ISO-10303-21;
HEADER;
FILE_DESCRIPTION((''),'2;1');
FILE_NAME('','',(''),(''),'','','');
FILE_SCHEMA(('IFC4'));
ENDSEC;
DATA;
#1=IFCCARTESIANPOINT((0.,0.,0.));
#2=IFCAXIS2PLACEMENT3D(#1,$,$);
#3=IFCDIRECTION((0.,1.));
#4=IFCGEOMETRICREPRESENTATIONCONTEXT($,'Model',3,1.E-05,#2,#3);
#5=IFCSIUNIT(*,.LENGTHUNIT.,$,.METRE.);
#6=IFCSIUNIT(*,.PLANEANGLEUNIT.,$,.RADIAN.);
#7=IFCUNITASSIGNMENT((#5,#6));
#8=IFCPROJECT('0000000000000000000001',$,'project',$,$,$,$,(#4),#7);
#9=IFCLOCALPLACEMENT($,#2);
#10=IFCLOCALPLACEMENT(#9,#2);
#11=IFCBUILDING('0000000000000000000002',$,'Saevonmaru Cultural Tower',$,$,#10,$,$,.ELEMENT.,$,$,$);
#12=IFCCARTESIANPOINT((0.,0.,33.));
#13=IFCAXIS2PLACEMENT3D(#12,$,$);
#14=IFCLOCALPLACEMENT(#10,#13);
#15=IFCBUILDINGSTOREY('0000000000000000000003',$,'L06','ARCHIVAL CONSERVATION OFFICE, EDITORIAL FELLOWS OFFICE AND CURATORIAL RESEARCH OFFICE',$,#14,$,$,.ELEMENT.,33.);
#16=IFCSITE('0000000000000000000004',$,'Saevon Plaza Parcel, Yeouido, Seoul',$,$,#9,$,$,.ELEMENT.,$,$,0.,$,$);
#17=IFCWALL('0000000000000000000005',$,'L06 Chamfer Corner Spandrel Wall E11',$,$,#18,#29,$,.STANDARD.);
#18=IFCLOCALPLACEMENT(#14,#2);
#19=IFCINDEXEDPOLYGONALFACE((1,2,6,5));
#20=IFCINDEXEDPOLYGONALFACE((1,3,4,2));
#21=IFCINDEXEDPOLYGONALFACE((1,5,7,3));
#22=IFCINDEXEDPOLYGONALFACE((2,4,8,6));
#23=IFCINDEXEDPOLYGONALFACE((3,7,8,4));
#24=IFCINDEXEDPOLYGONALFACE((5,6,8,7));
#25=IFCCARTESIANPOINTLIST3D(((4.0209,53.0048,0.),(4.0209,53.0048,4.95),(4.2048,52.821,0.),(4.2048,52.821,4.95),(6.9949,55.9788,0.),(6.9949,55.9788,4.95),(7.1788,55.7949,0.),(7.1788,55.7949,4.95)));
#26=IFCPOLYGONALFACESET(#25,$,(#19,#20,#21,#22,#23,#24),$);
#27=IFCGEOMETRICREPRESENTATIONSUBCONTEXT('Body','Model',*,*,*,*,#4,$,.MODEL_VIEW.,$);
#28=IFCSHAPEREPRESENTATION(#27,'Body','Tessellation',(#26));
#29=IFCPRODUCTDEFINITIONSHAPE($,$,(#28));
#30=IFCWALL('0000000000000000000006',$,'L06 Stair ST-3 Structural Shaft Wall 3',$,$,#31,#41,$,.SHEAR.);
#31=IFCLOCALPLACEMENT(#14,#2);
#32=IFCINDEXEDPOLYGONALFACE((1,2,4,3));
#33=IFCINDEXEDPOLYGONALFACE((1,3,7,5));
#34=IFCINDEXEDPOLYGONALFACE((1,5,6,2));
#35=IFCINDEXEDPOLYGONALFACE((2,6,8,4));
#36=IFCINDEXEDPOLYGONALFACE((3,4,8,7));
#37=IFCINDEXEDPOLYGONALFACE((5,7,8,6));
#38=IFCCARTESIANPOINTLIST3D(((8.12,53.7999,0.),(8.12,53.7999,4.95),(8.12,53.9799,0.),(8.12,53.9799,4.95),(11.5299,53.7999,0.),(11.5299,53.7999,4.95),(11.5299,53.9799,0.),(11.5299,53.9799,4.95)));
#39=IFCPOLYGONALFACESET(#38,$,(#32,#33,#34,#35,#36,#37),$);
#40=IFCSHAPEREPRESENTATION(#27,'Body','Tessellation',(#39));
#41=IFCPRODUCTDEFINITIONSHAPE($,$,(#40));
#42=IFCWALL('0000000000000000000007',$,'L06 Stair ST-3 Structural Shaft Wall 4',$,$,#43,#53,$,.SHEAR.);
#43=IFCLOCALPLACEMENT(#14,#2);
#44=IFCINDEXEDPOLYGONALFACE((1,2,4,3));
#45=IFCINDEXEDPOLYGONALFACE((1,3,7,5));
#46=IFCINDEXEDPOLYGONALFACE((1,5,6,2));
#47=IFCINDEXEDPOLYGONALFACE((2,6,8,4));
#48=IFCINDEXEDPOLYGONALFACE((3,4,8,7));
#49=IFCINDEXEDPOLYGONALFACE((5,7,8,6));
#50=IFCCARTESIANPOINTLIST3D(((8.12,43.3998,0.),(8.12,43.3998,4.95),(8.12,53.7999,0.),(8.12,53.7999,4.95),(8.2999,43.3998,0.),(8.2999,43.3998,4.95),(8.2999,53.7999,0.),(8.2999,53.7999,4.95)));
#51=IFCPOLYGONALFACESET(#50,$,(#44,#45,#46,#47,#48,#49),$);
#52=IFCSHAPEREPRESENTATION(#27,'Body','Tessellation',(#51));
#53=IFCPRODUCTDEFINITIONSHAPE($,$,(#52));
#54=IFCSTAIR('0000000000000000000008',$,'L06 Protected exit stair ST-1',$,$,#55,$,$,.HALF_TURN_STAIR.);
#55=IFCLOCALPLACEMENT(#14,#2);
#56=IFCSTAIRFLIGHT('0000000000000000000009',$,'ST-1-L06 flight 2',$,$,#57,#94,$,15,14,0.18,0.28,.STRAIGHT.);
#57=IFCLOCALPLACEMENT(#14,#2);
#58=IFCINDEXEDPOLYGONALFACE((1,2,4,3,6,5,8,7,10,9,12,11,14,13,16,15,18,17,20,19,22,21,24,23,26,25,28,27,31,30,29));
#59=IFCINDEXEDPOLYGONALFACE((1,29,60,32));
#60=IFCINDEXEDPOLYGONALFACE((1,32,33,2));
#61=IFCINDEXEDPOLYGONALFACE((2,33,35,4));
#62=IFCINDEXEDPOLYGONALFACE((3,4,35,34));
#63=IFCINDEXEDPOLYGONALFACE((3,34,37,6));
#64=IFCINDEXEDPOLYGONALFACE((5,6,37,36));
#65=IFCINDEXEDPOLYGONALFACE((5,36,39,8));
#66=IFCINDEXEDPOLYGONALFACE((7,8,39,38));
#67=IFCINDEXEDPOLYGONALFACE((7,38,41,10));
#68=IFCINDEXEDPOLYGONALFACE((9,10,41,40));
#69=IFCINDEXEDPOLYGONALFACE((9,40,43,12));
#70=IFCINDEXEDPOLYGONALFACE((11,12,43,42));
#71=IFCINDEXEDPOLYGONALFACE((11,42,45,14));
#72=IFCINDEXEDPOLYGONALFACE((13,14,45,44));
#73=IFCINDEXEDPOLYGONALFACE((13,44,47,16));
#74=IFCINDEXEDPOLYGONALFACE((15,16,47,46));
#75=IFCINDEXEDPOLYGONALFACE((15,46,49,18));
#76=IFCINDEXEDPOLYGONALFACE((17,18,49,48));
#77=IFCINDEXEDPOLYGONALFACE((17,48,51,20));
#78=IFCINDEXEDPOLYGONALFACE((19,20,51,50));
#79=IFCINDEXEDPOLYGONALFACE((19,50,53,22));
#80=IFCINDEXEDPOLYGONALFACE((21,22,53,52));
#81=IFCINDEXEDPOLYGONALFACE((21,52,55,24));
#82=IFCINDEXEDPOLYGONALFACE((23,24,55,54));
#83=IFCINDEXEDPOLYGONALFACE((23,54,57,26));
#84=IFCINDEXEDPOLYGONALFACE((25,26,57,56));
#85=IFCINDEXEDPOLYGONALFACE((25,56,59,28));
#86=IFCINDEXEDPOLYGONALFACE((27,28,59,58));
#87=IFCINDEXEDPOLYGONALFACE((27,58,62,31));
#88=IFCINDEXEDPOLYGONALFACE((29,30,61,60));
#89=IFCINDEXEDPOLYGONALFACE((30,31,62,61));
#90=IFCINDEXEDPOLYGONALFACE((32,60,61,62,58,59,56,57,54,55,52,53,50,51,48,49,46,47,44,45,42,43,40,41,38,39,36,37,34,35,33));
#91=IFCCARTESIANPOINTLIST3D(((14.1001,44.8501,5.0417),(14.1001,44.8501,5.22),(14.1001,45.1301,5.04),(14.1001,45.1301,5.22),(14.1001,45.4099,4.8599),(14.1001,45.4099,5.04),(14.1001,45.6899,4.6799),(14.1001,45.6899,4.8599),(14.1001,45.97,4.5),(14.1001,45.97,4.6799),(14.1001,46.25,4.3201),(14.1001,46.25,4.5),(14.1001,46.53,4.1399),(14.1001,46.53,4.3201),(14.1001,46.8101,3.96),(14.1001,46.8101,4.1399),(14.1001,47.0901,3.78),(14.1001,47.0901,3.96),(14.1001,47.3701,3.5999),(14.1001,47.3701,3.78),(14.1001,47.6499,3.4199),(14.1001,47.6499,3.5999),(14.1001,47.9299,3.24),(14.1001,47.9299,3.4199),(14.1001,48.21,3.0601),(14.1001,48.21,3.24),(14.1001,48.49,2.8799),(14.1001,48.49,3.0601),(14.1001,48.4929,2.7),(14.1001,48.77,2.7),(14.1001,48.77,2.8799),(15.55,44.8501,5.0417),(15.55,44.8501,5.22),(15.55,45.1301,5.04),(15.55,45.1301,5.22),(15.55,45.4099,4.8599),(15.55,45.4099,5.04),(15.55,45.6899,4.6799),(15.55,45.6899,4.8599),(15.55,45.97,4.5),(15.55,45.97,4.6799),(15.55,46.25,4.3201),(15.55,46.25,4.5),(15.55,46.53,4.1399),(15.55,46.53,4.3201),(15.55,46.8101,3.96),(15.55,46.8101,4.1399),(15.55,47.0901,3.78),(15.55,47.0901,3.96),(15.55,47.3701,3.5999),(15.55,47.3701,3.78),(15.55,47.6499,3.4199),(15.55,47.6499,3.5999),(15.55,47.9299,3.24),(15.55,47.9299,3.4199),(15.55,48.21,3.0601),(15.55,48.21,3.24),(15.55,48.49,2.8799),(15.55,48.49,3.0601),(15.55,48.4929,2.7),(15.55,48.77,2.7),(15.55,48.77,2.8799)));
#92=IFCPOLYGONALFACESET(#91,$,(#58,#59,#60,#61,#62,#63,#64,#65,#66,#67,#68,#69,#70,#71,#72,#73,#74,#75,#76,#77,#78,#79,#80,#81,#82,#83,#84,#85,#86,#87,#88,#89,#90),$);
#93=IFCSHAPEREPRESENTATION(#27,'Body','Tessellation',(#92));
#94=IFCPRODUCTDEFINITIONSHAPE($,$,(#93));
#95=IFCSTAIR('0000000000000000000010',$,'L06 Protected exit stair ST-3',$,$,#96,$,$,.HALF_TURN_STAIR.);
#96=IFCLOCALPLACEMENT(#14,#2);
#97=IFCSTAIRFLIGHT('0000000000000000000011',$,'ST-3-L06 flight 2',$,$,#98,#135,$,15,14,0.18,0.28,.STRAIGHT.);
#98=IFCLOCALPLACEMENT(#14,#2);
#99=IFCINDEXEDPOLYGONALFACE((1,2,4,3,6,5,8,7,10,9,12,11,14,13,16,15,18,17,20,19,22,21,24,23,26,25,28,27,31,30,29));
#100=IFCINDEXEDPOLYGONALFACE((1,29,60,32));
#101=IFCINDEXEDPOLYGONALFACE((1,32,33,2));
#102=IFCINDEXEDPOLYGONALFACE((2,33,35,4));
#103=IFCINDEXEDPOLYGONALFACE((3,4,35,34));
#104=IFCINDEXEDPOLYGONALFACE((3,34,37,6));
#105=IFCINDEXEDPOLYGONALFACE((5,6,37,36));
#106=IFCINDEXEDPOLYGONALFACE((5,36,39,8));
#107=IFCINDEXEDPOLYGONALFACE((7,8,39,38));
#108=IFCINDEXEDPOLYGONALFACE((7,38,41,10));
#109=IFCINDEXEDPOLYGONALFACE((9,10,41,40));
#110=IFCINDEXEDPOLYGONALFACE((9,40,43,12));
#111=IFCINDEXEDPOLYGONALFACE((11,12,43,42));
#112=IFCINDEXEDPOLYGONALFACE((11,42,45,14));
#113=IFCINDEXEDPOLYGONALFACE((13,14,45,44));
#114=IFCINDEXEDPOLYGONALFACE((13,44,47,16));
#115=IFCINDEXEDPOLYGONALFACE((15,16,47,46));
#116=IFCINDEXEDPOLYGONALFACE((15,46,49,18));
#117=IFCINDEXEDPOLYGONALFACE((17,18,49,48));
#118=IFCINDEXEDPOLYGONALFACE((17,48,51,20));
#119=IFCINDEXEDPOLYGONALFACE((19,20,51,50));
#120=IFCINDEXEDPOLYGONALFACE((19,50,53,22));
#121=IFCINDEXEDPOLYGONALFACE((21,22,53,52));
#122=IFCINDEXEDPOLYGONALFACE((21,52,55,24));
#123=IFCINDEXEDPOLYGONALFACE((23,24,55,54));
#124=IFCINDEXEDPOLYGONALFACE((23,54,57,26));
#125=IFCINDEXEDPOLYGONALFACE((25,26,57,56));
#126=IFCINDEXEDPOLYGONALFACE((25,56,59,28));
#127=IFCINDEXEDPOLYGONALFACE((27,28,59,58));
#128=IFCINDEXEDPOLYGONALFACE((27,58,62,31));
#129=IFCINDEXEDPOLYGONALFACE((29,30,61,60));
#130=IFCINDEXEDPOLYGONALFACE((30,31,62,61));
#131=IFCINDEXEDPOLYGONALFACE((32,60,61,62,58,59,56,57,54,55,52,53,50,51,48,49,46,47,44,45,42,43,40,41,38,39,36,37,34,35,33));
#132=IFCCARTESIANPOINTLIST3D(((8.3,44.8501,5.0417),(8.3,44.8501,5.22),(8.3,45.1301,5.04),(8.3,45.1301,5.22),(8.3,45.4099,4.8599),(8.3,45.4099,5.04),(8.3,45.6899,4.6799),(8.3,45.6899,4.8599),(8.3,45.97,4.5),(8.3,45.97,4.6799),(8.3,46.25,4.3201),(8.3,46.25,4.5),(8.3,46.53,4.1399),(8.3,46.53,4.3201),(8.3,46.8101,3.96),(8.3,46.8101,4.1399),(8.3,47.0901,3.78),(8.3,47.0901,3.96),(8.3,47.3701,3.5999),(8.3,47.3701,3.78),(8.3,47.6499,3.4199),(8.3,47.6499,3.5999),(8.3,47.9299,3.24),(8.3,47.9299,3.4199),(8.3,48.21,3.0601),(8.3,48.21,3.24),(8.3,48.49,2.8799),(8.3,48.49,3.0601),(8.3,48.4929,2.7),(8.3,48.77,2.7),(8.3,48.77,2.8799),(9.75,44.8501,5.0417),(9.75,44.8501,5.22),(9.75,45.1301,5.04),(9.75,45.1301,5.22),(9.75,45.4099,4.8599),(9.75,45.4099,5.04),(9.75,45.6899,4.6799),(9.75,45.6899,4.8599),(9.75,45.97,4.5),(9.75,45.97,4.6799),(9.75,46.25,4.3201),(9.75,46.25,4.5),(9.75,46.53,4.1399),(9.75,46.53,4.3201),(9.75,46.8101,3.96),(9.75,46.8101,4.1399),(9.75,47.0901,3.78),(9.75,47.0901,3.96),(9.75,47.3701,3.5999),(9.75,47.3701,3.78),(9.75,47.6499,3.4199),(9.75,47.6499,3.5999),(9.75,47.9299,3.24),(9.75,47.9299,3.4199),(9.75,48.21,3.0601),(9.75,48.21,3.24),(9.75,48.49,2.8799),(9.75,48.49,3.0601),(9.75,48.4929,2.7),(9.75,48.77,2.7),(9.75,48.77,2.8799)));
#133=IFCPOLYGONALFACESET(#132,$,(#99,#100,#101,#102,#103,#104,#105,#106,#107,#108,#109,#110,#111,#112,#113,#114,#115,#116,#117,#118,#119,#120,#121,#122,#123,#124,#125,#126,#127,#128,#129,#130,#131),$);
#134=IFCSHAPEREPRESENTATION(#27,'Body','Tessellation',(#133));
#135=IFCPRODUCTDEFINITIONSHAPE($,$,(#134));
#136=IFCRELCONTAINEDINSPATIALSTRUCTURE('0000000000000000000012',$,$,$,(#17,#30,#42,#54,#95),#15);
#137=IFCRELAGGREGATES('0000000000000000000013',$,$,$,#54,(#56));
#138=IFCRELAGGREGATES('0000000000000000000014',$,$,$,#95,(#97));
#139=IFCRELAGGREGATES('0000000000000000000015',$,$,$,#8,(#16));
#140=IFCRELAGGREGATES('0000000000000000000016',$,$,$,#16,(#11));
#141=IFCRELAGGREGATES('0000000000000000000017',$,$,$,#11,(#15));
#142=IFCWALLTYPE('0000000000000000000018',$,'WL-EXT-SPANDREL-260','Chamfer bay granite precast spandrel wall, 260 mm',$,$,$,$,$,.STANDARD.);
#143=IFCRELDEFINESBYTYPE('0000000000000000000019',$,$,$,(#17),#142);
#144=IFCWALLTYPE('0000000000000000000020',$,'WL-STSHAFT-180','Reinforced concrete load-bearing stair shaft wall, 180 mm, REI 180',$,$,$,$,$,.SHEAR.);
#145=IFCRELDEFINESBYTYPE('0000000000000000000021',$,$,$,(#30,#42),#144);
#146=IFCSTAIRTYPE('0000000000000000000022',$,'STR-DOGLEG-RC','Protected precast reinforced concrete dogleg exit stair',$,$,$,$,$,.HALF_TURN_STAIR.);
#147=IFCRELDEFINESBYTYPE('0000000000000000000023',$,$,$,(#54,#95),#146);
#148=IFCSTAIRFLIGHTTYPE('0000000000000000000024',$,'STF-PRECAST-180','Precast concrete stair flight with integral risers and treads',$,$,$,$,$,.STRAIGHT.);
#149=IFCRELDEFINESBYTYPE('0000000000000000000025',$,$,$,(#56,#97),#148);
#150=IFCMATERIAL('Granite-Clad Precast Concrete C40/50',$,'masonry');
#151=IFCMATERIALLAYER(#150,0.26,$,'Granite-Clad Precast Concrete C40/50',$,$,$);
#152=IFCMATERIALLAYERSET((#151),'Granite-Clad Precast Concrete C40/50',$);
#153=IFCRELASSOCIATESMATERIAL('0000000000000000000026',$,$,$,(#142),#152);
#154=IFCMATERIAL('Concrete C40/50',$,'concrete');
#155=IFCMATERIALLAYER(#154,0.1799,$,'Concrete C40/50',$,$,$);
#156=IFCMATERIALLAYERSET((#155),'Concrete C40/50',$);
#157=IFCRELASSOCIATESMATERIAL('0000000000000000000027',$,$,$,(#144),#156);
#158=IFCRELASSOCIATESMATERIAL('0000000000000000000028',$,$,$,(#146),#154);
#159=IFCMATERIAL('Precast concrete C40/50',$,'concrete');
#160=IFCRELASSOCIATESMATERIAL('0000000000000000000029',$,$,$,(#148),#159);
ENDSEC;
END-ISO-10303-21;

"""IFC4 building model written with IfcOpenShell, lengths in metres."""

from ifc_helpers import new_model, si_unit, direction, frame, frame_2d, origin, place, context, subcontext, project, spatial, polyline, rectangle, outline, extrude, material, layer, layer_set, type_object, element, aggregate, save


model = new_model("IFC4")

# Units and contexts
model_context = context("Model", 3, precision=1e-05, world=origin(), true_north=direction((0.0, 1.0)))
body_context = subcontext(model_context, "Body", "Model", "MODEL_VIEW")
ifc_project = project(units=[si_unit("LENGTHUNIT", "METRE"), si_unit("PLANEANGLEUNIT", "RADIAN")], contexts=[model_context])

# Site, building, storey
site_placement = place(None, origin())
site = spatial("IfcSite", under=ifc_project, at=site_placement, Name="Saevon Plaza Parcel, Yeouido, Seoul", CompositionType="ELEMENT", RefElevation=0.0)
building_placement = place(site_placement, origin())
building = spatial("IfcBuilding", under=site, at=building_placement, Name="Saevonmaru Cultural Tower", CompositionType="ELEMENT")
storey_placement = place(building_placement, frame((0.0, 0.0, 33.0)))
storey = spatial("IfcBuildingStorey", under=building, at=storey_placement, Name="L06", Description="ARCHIVAL CONSERVATION OFFICE, EDITORIAL FELLOWS OFFICE AND CURATORIAL RESEARCH OFFICE", CompositionType="ELEMENT", Elevation=33.0)

# Walls
ifc_material_1 = material(Name="Granite-Clad Precast Concrete C40/50", Category="masonry")
ifc_layer_1 = layer(ifc_material_1, 0.26, Name="Granite-Clad Precast Concrete C40/50")
ifc_layer_set_1 = layer_set([ifc_layer_1], Name="Granite-Clad Precast Concrete C40/50")
wall_type_1 = type_object("IfcWallType", Name="WL-EXT-SPANDREL-260", Description="Chamfer bay granite precast spandrel wall, 260 mm", PredefinedType="STANDARD", material=ifc_layer_set_1)
wall_1_placement = place(storey_placement, frame((7.0869, 55.887, 0.0), z_axis=(0.0, 0.0, 1.0), x_axis=(-0.707107, -0.707107, 0.0)))
element("IfcWall", 1, at=wall_1_placement, inside=storey, type_object=wall_type_1, Name="L06 Chamfer Corner Spandrel Wall E11", PredefinedType="STANDARD", context=body_context, shape_type="SweptSolid", body=[
    extrude(rectangle(XDim=4.2058, YDim=0.26, at=frame_2d((2.103, 0.0))), origin(), (0.0, 0.0, 1.0), 4.95),
])
ifc_material_2 = material(Name="Concrete C40/50", Category="concrete")
ifc_layer_2 = layer(ifc_material_2, 0.1799, Name="Concrete C40/50")
ifc_layer_set_2 = layer_set([ifc_layer_2], Name="Concrete C40/50")
wall_type_2 = type_object("IfcWallType", Name="WL-STSHAFT-180", Description="Reinforced concrete load-bearing stair shaft wall, 180 mm, REI 180", PredefinedType="SHEAR", material=ifc_layer_set_2)
wall_2_placement = place(storey_placement, frame((11.53, 53.8899, 0.0), z_axis=(0.0, 0.0, 1.0), x_axis=(-1.0, 0.0, 0.0)))
element("IfcWall", 2, at=wall_2_placement, inside=storey, type_object=wall_type_2, Name="L06 Stair ST-3 Structural Shaft Wall 3", PredefinedType="SHEAR", context=body_context, shape_type="SweptSolid", body=[
    extrude(rectangle(XDim=3.4099, YDim=0.1799, at=frame_2d((1.7051, 0.0))), origin(), (0.0, 0.0, 1.0), 4.95),
])
wall_3_placement = place(storey_placement, frame((8.21, 53.8, 0.0), z_axis=(0.0, 0.0, 1.0), x_axis=(0.0, -1.0, 0.0)))
element("IfcWall", 3, at=wall_3_placement, inside=storey, type_object=wall_type_2, Name="L06 Stair ST-3 Structural Shaft Wall 4", PredefinedType="SHEAR", context=body_context, shape_type="SweptSolid", body=[
    extrude(rectangle(XDim=10.4001, YDim=0.1799, at=frame_2d((5.2002, 0.0))), origin(), (0.0, 0.0, 1.0), 4.95),
])

# Stairs, stair flights
stair_type = type_object("IfcStairType", Name="STR-DOGLEG-RC", Description="Protected precast reinforced concrete dogleg exit stair", PredefinedType="HALF_TURN_STAIR", material=ifc_material_2)
stair_1_placement = place(storey_placement, origin())
stair_1 = element("IfcStair", 4, at=stair_1_placement, inside=storey, type_object=stair_type, Name="L06 Protected exit stair ST-1", PredefinedType="HALF_TURN_STAIR")
ifc_material_3 = material(Name="Precast concrete C40/50", Category="concrete")
stair_flight_type = type_object("IfcStairFlightType", Name="STF-PRECAST-180", Description="Precast concrete stair flight with integral risers and treads", PredefinedType="STRAIGHT", material=ifc_material_3)
stair_flight_1_placement = place(storey_placement, frame((14.825, 48.77, 2.7), z_axis=(0.0, 0.0, 1.0), x_axis=(0.0, -1.0, 0.0)))
stair_flight_1 = element("IfcStairFlight", 5, at=stair_flight_1_placement, type_object=stair_flight_type, Name="ST-1-L06 flight 2", NumberOfRisers=15, NumberOfTreads=14, PredefinedType="STRAIGHT", RiserHeight=0.18, TreadLength=0.28, context=body_context, shape_type="SweptSolid", body=[
    extrude(outline(polyline([(0.0, 0.0), (0.0, 0.1799), (0.28, 0.1799), (0.28, 0.3601), (0.5601, 0.3601), (0.5601, 0.54), (0.8401, 0.54), (0.8401, 0.72), (1.1201, 0.72), (1.1201, 0.8999), (1.3999, 0.8999), (1.3999, 1.0801), (1.6799, 1.0801), (1.6799, 1.26), (1.96, 1.26), (1.96, 1.4399), (2.24, 1.4399), (2.24, 1.6201), (2.52, 1.6201), (2.52, 1.8), (2.8, 1.8), (2.8, 1.98), (3.0801, 1.98), (3.0801, 2.1599), (3.3601, 2.1599), (3.3601, 2.3401), (3.6399, 2.3401), (3.6399, 2.52), (3.9199, 2.52), (3.9199, 2.7), (3.9199, 2.3418), (0.2771, 0.0), (0.0, 0.0)])), frame((0.0, 0.7251, 0.0), z_axis=(0.0, -1.0, 0.0), x_axis=(1.0, 0.0, 0.0)), (0.0, 0.0, 1.0), 1.45),
])
aggregate(stair_1, [stair_flight_1])
stair_2_placement = place(storey_placement, origin())
stair_2 = element("IfcStair", 6, at=stair_2_placement, inside=storey, type_object=stair_type, Name="L06 Protected exit stair ST-3", PredefinedType="HALF_TURN_STAIR")
stair_flight_2_placement = place(storey_placement, frame((9.0249, 48.77, 2.7), z_axis=(0.0, 0.0, 1.0), x_axis=(0.0, -1.0, 0.0)))
stair_flight_2 = element("IfcStairFlight", 7, at=stair_flight_2_placement, type_object=stair_flight_type, Name="ST-3-L06 flight 2", NumberOfRisers=15, NumberOfTreads=14, PredefinedType="STRAIGHT", RiserHeight=0.18, TreadLength=0.28, context=body_context, shape_type="SweptSolid", body=[
    extrude(outline(polyline([(0.0, 0.0), (0.0, 0.1799), (0.28, 0.1799), (0.28, 0.3601), (0.5601, 0.3601), (0.5601, 0.54), (0.8401, 0.54), (0.8401, 0.72), (1.1201, 0.72), (1.1201, 0.8999), (1.3999, 0.8999), (1.3999, 1.0801), (1.6799, 1.0801), (1.6799, 1.26), (1.96, 1.26), (1.96, 1.4399), (2.24, 1.4399), (2.24, 1.6201), (2.52, 1.6201), (2.52, 1.8), (2.8, 1.8), (2.8, 1.98), (3.0801, 1.98), (3.0801, 2.1599), (3.3601, 2.1599), (3.3601, 2.3401), (3.6399, 2.3401), (3.6399, 2.52), (3.9199, 2.52), (3.9199, 2.7), (3.9199, 2.3418), (0.2771, 0.0), (0.0, 0.0)])), frame((0.0, 0.7251, 0.0), z_axis=(0.0, -1.0, 0.0), x_axis=(1.0, 0.0, 0.0)), (0.0, 0.0, 1.0), 1.45),
])
aggregate(stair_2, [stair_flight_2])

save(model, "model.ifc")
